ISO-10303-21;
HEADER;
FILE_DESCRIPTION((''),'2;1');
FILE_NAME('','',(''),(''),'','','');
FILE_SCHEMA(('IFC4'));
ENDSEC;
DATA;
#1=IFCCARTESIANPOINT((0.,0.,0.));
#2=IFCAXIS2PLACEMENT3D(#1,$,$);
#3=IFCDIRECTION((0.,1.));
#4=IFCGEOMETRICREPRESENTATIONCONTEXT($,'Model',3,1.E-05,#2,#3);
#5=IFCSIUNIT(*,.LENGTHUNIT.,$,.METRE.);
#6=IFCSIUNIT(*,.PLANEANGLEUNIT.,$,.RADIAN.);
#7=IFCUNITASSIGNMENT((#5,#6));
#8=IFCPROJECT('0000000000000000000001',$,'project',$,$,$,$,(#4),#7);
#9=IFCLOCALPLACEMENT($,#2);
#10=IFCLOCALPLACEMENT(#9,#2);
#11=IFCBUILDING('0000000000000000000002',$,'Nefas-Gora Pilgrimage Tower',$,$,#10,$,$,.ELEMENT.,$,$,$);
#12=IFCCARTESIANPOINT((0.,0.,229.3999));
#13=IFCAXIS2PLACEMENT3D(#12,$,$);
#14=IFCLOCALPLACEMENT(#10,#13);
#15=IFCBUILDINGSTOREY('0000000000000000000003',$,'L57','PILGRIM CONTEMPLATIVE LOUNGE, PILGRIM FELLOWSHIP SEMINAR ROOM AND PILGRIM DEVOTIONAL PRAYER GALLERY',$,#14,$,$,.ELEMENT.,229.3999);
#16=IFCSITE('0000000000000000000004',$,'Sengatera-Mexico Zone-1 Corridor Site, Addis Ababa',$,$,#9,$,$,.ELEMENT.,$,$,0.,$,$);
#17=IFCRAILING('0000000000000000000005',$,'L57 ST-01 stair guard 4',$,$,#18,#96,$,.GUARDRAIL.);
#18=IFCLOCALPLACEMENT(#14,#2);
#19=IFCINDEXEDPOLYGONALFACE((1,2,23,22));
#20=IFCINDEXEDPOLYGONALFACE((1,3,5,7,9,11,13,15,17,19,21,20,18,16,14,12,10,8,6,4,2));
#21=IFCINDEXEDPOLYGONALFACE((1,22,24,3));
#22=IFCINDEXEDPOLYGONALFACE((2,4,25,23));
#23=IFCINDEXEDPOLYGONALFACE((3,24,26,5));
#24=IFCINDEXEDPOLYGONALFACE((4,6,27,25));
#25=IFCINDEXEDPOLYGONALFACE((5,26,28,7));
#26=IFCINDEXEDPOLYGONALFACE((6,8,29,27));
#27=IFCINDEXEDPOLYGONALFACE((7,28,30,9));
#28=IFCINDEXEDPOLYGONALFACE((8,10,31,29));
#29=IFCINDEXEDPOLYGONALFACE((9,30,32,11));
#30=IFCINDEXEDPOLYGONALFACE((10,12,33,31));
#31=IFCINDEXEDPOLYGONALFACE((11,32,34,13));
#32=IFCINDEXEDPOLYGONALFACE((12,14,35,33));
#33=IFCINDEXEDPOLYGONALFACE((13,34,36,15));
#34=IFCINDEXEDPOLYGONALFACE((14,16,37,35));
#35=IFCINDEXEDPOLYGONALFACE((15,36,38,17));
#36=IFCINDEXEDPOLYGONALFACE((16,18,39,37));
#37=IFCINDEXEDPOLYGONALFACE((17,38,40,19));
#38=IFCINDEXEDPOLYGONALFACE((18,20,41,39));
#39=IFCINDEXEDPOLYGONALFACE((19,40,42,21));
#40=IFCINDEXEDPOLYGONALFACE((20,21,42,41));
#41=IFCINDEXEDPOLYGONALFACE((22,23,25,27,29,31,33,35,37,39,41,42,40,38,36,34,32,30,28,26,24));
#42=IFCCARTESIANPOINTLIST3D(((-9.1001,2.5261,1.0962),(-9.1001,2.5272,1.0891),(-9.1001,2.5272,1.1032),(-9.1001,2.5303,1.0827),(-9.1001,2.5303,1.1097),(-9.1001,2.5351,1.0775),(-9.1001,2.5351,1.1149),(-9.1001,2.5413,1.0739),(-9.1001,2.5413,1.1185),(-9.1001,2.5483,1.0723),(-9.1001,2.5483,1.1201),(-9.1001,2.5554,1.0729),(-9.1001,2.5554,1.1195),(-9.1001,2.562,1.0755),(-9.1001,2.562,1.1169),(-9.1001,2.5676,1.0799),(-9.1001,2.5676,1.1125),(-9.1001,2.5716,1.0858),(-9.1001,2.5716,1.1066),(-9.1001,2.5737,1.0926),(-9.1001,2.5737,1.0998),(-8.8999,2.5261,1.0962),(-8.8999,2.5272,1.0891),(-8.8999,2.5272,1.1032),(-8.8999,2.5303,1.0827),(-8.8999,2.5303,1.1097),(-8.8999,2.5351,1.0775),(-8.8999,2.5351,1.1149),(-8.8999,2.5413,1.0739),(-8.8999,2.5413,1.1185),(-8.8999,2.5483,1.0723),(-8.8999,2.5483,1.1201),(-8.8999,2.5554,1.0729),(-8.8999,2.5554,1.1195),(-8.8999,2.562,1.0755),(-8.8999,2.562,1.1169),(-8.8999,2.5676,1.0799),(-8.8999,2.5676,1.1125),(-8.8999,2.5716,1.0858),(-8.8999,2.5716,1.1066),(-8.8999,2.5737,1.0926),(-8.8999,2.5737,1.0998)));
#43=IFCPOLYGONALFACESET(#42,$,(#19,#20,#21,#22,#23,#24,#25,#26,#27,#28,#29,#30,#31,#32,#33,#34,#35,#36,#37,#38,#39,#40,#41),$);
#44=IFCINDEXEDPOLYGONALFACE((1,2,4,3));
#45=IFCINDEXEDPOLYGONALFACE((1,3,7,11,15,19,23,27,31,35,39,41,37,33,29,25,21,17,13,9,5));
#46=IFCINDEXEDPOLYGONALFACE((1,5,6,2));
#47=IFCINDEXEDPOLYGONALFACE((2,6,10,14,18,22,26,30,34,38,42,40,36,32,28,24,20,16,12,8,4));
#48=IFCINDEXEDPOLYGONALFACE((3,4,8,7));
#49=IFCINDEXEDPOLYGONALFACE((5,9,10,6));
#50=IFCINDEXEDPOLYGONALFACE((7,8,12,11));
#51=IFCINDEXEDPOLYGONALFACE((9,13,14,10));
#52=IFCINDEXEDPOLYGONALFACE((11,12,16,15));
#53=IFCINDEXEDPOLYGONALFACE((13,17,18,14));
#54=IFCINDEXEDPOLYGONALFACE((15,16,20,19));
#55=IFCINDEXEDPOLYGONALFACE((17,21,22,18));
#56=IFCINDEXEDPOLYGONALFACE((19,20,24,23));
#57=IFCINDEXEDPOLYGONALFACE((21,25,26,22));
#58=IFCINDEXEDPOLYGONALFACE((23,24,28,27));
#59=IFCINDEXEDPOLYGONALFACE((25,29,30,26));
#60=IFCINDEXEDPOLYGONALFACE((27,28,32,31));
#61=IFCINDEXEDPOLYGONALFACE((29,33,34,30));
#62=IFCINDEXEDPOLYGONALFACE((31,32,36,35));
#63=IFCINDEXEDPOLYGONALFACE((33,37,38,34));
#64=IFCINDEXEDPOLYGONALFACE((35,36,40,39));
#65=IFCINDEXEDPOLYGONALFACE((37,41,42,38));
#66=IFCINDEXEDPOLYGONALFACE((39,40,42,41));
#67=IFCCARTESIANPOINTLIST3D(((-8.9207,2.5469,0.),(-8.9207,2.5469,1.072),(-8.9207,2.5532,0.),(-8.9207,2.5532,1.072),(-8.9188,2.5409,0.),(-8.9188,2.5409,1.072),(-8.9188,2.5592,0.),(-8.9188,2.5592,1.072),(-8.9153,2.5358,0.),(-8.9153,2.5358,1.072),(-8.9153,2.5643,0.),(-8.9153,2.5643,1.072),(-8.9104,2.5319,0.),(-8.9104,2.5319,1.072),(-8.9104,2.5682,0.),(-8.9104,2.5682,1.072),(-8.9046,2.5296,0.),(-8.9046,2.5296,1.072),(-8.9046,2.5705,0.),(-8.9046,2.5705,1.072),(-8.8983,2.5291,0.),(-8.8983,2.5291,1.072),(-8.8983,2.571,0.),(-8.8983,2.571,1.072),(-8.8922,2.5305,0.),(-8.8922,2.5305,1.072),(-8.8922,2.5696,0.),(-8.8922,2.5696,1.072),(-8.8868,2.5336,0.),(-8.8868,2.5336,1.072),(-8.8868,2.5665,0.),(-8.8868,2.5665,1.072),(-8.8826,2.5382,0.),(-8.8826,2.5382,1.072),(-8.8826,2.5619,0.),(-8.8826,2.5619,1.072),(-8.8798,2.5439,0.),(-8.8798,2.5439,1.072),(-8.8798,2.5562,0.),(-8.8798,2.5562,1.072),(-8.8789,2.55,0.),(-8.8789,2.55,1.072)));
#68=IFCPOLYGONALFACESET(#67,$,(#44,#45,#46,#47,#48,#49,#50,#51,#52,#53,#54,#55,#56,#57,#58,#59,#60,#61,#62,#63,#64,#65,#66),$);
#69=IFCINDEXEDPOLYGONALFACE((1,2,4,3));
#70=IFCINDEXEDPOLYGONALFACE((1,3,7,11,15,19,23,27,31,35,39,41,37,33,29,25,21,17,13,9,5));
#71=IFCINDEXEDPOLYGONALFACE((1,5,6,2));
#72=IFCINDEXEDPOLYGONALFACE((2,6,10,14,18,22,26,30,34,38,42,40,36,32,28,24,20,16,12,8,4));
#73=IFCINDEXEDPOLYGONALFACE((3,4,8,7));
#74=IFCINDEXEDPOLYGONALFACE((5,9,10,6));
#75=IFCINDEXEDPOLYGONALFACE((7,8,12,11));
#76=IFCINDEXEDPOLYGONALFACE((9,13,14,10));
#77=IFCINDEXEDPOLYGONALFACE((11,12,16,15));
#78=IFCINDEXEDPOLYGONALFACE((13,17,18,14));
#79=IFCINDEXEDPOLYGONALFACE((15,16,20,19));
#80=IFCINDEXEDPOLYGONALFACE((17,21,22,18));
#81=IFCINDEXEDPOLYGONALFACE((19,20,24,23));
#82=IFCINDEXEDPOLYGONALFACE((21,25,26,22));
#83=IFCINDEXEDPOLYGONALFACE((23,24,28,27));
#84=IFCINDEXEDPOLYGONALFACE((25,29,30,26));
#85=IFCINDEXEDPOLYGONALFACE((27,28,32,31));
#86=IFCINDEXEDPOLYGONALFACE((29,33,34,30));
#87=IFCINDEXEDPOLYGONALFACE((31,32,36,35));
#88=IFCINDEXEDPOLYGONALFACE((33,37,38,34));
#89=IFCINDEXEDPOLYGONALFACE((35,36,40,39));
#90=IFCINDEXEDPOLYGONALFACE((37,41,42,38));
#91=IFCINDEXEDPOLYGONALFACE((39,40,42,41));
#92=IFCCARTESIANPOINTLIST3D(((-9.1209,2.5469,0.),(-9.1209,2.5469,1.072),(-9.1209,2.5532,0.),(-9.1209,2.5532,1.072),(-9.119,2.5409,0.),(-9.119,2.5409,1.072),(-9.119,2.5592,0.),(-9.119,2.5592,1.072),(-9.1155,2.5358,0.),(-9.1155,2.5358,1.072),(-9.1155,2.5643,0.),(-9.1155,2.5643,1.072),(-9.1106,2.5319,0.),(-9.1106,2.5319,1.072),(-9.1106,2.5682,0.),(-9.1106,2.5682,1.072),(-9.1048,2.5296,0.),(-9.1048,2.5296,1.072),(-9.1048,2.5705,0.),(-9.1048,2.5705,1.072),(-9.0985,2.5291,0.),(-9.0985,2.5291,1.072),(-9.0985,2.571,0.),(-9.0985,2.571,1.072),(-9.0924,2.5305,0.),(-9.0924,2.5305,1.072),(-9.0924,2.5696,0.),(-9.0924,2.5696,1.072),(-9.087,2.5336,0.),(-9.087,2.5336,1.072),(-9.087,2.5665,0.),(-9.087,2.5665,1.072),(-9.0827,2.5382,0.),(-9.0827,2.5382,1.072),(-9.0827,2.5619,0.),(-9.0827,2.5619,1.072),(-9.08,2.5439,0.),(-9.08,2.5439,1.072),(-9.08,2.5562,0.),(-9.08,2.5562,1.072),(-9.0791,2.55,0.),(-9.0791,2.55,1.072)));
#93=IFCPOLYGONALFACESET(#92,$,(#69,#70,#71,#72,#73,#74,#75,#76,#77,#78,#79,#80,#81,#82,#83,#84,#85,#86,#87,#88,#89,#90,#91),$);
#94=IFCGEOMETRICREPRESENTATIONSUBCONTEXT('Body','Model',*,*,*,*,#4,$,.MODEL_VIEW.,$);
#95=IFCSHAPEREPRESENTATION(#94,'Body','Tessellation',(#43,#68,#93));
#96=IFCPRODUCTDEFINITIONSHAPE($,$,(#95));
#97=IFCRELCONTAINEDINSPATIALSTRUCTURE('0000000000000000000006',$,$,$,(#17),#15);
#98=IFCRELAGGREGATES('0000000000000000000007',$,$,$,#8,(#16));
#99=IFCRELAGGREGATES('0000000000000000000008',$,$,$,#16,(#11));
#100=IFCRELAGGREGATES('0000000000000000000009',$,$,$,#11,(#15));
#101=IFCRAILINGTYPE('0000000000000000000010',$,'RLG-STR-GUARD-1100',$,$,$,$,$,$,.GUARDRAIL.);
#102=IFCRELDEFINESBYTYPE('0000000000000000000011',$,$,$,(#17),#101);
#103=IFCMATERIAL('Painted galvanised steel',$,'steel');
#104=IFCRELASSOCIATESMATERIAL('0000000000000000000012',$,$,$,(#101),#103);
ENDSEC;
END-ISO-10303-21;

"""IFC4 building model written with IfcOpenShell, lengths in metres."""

from ifc_helpers import new_model, si_unit, direction, frame, origin, origin_2d, place, context, subcontext, project, spatial, circle, extrude, material, type_object, element, save


model = new_model("IFC4")

# Units and contexts
model_context = context("Model", 3, precision=1e-05, world=origin(), true_north=direction((0.0, 1.0)))
body_context = subcontext(model_context, "Body", "Model", "MODEL_VIEW")
ifc_project = project(units=[si_unit("LENGTHUNIT", "METRE"), si_unit("PLANEANGLEUNIT", "RADIAN")], contexts=[model_context])

# Site, building, storey
site_placement = place(None, origin())
site = spatial("IfcSite", under=ifc_project, at=site_placement, Name="Sengatera-Mexico Zone-1 Corridor Site, Addis Ababa", CompositionType="ELEMENT", RefElevation=0.0)
building_placement = place(site_placement, origin())
building = spatial("IfcBuilding", under=site, at=building_placement, Name="Nefas-Gora Pilgrimage Tower", CompositionType="ELEMENT")
storey_placement = place(building_placement, frame((0.0, 0.0, 229.3999)))
storey = spatial("IfcBuildingStorey", under=building, at=storey_placement, Name="L57", Description="PILGRIM CONTEMPLATIVE LOUNGE, PILGRIM FELLOWSHIP SEMINAR ROOM AND PILGRIM DEVOTIONAL PRAYER GALLERY", CompositionType="ELEMENT", Elevation=229.3999)

# Railing
ifc_material_1 = material(Name="Painted galvanised steel", Category="steel")
railing_type_1 = type_object("IfcRailingType", Name="RLG-STR-GUARD-1100", PredefinedType="GUARDRAIL", material=ifc_material_1)
railing_1_placement = place(storey_placement, frame((-8.8999, 2.55, 0.0)))
element("IfcRailing", 1, at=railing_1_placement, inside=storey, type_object=railing_type_1, Name="L57 ST-01 stair guard 4", PredefinedType="GUARDRAIL", context=body_context, shape_type="SweptSolid", body=[
    extrude(circle(Radius=0.0239, at=origin_2d()), frame((0.0, 0.0, 1.0962), z_axis=(-1.0, 0.0, 0.0), x_axis=(0.0, -1.0, 0.0)), (0.0, 0.0, 1.0), 0.2002),
    extrude(circle(Radius=0.021, at=origin_2d()), origin(), (0.0, 0.0, 1.0), 1.072),
    extrude(circle(Radius=0.021, at=origin_2d()), frame((-0.2002, 0.0, 0.0)), (0.0, 0.0, 1.0), 1.072),
])

save(model, "model.ifc")
